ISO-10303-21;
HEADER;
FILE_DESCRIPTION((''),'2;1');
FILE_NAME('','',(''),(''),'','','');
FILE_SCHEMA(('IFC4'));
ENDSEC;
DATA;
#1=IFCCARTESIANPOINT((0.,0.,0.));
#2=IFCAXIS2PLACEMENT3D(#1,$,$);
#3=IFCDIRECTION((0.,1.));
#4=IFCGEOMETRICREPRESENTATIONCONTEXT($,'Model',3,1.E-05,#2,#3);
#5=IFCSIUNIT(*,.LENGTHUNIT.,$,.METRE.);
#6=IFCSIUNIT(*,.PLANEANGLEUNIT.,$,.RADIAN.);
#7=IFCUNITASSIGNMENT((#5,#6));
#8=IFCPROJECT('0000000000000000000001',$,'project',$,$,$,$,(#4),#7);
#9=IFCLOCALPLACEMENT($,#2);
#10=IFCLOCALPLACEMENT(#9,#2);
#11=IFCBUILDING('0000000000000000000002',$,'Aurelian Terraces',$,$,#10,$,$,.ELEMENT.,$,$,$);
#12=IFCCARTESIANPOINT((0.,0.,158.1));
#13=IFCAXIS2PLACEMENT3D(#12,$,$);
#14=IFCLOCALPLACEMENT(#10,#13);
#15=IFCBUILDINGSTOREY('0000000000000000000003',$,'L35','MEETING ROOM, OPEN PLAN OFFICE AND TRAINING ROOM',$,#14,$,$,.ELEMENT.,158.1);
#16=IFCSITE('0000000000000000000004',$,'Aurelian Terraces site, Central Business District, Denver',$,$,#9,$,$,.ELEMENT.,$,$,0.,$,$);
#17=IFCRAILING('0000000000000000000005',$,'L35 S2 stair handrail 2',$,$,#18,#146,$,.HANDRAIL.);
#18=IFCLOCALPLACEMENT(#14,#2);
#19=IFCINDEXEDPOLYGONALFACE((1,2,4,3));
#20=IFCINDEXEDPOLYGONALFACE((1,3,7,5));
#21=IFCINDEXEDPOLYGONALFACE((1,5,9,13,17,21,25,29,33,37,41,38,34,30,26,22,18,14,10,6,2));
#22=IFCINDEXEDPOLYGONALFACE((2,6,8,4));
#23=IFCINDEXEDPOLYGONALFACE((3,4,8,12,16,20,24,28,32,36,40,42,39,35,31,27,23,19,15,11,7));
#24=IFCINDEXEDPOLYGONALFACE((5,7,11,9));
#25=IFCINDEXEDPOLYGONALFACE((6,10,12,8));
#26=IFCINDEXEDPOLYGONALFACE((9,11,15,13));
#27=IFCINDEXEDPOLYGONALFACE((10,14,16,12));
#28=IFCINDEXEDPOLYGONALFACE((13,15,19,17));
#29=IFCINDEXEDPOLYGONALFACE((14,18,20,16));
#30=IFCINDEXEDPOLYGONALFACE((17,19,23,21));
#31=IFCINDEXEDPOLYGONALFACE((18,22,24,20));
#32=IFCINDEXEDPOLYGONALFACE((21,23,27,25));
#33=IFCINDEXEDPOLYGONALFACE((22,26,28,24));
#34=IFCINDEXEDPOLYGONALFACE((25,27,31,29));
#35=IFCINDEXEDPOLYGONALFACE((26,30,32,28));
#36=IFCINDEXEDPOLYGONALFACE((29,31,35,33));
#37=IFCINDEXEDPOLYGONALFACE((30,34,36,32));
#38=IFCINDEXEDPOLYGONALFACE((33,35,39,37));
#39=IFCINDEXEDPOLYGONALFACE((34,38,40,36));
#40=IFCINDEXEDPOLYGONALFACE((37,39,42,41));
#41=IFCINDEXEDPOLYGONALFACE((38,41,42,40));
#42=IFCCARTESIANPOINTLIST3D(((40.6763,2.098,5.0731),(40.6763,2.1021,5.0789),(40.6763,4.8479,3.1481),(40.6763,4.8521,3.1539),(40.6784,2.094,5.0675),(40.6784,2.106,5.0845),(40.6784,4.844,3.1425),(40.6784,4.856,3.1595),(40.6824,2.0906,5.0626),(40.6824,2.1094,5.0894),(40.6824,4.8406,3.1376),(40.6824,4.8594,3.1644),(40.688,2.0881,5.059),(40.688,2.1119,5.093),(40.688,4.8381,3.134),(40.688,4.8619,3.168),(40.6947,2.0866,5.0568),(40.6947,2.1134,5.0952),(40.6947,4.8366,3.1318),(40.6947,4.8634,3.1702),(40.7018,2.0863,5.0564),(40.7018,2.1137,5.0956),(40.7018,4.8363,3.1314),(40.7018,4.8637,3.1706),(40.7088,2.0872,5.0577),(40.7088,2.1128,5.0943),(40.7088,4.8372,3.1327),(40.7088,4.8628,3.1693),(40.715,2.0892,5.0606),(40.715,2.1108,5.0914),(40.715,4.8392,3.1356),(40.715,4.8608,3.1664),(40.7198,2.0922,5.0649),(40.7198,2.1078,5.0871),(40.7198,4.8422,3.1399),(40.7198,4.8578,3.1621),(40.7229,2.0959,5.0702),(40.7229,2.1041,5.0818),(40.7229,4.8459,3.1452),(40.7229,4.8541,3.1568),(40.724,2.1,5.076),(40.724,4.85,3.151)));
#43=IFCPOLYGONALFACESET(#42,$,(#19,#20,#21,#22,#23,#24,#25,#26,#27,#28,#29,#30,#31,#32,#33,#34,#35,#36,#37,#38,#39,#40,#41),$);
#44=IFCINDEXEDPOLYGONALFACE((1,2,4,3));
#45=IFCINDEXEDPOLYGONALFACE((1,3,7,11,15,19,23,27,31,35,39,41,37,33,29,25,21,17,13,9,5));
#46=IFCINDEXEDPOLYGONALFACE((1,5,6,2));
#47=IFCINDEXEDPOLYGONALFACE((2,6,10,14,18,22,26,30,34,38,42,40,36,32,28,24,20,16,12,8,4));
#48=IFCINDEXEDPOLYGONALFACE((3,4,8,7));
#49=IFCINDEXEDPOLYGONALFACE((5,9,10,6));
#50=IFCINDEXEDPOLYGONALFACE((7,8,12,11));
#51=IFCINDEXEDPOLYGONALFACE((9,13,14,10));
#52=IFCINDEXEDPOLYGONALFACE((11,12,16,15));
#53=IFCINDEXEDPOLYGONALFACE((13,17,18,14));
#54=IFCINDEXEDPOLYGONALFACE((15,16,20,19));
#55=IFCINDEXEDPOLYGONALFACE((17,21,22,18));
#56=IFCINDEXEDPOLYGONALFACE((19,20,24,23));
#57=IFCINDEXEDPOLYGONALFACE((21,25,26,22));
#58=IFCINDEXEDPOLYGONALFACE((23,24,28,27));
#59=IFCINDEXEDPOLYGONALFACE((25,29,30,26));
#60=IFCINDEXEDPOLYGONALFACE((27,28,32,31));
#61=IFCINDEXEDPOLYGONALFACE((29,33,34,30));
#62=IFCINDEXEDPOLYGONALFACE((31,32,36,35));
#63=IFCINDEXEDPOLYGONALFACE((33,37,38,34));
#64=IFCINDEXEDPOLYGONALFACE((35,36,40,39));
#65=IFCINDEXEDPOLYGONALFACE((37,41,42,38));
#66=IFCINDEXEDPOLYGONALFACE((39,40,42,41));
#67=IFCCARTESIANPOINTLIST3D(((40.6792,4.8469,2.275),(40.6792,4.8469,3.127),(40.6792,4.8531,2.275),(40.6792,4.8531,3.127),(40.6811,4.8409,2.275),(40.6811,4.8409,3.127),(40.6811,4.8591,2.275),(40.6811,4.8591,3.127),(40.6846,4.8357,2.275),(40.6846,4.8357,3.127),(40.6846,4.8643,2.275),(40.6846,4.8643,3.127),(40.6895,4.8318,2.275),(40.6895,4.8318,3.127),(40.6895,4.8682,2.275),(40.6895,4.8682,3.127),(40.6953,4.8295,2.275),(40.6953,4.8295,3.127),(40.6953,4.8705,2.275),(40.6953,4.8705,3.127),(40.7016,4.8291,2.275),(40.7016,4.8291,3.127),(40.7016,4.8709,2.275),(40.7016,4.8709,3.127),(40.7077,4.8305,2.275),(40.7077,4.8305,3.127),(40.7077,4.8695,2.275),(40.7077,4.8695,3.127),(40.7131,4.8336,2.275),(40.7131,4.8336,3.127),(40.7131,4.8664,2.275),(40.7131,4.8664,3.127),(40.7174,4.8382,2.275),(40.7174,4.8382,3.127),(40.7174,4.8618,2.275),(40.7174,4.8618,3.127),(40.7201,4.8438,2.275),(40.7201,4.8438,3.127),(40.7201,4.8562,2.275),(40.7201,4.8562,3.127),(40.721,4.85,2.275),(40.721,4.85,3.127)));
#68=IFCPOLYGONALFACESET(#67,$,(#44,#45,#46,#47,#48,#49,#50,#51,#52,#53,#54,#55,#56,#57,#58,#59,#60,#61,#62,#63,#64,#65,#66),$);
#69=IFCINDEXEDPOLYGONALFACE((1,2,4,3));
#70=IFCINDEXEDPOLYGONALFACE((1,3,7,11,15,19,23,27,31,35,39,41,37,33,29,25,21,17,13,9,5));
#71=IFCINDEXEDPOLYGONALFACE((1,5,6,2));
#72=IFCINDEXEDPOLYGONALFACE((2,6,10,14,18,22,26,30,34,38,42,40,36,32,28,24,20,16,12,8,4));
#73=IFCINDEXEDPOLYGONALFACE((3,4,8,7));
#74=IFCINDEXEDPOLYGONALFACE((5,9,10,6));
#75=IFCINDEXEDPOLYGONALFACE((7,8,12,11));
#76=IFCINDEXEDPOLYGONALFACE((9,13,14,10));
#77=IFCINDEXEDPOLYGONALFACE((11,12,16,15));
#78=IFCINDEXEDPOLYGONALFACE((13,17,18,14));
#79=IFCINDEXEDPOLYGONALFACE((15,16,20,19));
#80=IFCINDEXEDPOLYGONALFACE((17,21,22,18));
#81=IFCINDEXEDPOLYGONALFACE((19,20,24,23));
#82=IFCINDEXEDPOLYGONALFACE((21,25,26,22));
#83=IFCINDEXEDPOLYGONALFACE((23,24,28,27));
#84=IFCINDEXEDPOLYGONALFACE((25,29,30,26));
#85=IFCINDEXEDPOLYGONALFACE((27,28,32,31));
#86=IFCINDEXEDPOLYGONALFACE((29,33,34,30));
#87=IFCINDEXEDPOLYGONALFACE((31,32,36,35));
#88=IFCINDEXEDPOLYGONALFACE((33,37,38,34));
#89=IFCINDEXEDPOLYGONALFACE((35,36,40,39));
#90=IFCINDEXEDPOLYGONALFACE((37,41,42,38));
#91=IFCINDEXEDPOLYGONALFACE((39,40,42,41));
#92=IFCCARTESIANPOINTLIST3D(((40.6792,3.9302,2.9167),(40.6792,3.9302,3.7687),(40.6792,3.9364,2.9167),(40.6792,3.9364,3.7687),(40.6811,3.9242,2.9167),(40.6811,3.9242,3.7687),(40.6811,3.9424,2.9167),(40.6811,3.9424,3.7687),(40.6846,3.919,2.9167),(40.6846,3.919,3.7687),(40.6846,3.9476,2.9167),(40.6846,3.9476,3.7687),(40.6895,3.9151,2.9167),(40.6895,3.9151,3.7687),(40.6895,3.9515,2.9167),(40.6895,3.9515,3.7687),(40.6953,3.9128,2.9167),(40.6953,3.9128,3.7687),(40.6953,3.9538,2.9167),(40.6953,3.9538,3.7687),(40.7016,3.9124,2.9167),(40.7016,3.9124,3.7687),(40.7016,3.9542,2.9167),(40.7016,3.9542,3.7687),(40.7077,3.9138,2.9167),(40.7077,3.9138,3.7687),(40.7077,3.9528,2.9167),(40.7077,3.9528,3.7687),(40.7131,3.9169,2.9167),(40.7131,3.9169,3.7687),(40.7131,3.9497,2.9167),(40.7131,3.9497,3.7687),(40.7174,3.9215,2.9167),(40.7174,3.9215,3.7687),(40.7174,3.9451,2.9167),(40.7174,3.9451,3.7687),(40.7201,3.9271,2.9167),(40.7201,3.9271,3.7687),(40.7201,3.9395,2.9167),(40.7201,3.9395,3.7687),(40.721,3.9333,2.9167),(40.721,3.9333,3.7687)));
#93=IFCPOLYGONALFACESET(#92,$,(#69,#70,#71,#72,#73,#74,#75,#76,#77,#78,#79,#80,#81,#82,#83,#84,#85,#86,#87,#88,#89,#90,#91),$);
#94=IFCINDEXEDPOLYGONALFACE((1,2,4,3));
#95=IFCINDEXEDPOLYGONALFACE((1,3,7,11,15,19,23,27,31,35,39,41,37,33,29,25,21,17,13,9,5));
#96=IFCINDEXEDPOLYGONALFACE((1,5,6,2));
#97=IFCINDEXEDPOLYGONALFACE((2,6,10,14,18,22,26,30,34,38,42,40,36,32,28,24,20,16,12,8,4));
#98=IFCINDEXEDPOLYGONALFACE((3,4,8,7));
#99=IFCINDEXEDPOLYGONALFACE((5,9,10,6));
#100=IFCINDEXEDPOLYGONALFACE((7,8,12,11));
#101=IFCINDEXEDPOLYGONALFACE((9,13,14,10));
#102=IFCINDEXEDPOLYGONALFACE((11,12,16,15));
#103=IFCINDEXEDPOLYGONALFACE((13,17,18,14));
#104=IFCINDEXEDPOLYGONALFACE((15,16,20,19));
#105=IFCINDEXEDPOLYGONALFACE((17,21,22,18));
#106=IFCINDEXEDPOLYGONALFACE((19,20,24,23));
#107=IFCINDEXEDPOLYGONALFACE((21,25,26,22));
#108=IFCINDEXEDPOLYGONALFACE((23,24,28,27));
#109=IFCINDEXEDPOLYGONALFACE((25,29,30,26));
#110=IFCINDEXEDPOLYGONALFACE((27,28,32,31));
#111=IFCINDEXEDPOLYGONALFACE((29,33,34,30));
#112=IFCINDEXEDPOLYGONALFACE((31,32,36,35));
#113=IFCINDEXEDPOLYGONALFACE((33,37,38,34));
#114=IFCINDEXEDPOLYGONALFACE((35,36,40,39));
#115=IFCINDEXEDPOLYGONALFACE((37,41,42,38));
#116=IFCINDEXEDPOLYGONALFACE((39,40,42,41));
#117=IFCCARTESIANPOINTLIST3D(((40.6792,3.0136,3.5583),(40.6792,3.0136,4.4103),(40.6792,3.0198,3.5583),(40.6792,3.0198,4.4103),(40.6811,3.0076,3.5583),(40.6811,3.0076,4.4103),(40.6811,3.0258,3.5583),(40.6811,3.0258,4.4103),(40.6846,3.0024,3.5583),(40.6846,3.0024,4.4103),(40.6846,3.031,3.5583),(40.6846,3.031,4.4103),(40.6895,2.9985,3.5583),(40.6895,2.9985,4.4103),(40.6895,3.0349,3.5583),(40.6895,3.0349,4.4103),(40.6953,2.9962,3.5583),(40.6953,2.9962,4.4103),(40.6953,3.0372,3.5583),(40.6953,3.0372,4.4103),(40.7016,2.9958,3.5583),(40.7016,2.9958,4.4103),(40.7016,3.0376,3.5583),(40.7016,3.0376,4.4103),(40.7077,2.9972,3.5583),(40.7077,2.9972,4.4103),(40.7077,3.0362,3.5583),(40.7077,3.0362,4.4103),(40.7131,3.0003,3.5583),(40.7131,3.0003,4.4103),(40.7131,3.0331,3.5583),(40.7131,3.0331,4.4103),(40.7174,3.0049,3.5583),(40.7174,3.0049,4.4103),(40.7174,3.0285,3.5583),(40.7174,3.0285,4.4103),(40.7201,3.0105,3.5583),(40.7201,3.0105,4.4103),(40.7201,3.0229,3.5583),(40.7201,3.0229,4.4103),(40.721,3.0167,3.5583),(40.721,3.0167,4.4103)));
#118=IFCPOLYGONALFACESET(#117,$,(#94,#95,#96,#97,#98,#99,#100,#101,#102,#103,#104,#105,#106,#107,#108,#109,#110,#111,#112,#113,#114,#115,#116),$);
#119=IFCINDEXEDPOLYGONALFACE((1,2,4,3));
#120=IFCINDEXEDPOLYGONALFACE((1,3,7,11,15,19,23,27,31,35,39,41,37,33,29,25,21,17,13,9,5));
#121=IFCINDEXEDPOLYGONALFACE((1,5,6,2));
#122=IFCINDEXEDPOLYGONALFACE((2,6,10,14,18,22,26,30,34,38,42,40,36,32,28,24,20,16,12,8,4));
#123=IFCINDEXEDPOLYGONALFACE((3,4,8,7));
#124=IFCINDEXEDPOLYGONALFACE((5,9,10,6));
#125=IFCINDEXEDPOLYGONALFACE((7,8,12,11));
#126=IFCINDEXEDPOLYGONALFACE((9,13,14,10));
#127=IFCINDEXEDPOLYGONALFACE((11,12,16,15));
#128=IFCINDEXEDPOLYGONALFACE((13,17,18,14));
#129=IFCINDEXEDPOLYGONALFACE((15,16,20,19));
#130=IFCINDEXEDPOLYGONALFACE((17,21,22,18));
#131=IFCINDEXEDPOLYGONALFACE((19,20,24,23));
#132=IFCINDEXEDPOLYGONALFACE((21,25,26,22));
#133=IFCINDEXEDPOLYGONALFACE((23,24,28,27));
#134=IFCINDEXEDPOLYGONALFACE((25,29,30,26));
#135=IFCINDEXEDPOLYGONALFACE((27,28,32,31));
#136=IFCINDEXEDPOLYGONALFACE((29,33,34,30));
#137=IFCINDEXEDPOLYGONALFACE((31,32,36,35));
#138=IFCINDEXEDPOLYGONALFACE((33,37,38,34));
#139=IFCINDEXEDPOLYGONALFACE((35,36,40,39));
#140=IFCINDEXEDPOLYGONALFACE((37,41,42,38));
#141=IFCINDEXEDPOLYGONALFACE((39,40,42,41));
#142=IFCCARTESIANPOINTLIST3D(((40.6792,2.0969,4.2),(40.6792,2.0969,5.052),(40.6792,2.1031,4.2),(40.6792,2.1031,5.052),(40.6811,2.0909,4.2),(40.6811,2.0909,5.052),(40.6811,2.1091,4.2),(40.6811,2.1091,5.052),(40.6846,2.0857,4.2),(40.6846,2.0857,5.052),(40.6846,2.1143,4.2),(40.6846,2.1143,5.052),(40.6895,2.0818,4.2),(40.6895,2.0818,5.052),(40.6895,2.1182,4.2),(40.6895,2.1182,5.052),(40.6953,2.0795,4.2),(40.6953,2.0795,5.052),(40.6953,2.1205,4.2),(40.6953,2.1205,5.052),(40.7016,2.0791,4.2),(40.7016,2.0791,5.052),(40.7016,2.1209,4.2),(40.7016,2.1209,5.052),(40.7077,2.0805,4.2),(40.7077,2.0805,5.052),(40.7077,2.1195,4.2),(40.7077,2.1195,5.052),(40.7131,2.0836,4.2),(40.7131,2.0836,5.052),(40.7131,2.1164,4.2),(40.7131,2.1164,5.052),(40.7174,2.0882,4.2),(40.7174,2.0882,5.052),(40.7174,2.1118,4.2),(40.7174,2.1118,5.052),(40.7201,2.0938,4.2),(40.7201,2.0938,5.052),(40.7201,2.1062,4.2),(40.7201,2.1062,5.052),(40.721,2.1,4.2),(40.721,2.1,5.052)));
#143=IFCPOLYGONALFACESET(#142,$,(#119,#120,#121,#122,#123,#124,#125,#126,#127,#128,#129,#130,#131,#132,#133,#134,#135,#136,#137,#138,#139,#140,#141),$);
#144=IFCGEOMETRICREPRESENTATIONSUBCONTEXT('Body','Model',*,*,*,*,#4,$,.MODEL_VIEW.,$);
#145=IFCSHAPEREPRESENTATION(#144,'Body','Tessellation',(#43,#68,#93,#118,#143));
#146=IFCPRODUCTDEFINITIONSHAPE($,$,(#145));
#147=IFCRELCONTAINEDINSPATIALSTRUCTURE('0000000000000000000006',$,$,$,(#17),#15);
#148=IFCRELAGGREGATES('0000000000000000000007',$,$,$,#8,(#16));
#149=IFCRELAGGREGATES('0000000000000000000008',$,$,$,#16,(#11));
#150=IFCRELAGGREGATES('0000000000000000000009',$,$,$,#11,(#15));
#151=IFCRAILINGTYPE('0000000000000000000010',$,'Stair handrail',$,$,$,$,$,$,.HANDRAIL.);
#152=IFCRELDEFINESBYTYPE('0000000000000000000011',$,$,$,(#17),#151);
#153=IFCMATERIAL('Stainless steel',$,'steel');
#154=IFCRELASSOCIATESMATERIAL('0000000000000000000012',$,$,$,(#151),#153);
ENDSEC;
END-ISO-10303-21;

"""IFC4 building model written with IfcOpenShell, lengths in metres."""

from ifc_helpers import new_model, si_unit, direction, frame, origin, origin_2d, place, context, subcontext, project, spatial, circle, extrude, source, transform, mapped, material, type_object, element, save


model = new_model("IFC4")

# Units and contexts
model_context = context("Model", 3, precision=1e-05, world=origin(), true_north=direction((0.0, 1.0)))
body_context = subcontext(model_context, "Body", "Model", "MODEL_VIEW")
ifc_project = project(units=[si_unit("LENGTHUNIT", "METRE"), si_unit("PLANEANGLEUNIT", "RADIAN")], contexts=[model_context])

# Site, building, storey
site_placement = place(None, origin())
site = spatial("IfcSite", under=ifc_project, at=site_placement, Name="Aurelian Terraces site, Central Business District, Denver", CompositionType="ELEMENT", RefElevation=0.0)
building_placement = place(site_placement, origin())
building = spatial("IfcBuilding", under=site, at=building_placement, Name="Aurelian Terraces", CompositionType="ELEMENT")
storey_placement = place(building_placement, frame((0.0, 0.0, 158.1)))
storey = spatial("IfcBuildingStorey", under=building, at=storey_placement, Name="L35", Description="MEETING ROOM, OPEN PLAN OFFICE AND TRAINING ROOM", CompositionType="ELEMENT", Elevation=158.1)

# Railing
ifc_material_1 = material(Name="Stainless steel", Category="steel")
railing_type_1 = type_object("IfcRailingType", Name="Stair handrail", PredefinedType="HANDRAIL", material=ifc_material_1)
shared_shape_1 = source(origin(), body_context, "Body", "SweptSolid", [
    extrude(circle(Radius=0.024, at=origin_2d()), frame((0.0, 0.0, 0.876), z_axis=(0.0, -0.819232, 0.573462), x_axis=(1.0, 0.0, 0.0)), (0.0, 0.0, 1.0), 3.3568),
    extrude(circle(Radius=0.021, at=origin_2d()), origin(), (0.0, 0.0, 1.0), 0.852),
    extrude(circle(Radius=0.021, at=origin_2d()), frame((0.0, -0.9167, 0.6417)), (0.0, 0.0, 1.0), 0.852),
    extrude(circle(Radius=0.021, at=origin_2d()), frame((0.0, -1.8333, 1.2833)), (0.0, 0.0, 1.0), 0.852),
    extrude(circle(Radius=0.021, at=origin_2d()), frame((0.0, -2.75, 1.925)), (0.0, 0.0, 1.0), 0.852),
])
railing_1_placement = place(storey_placement, frame((40.7, 4.85, 2.275)))
element("IfcRailing", 1, at=railing_1_placement, inside=storey, type_object=railing_type_1, Name="L35 S2 stair handrail 2", PredefinedType="HANDRAIL", context=body_context, shape_type="MappedRepresentation", body=[
    mapped(shared_shape_1, transform((0.0, 0.0, 0.0), scale=1.0)),
])

save(model, "model.ifc")
